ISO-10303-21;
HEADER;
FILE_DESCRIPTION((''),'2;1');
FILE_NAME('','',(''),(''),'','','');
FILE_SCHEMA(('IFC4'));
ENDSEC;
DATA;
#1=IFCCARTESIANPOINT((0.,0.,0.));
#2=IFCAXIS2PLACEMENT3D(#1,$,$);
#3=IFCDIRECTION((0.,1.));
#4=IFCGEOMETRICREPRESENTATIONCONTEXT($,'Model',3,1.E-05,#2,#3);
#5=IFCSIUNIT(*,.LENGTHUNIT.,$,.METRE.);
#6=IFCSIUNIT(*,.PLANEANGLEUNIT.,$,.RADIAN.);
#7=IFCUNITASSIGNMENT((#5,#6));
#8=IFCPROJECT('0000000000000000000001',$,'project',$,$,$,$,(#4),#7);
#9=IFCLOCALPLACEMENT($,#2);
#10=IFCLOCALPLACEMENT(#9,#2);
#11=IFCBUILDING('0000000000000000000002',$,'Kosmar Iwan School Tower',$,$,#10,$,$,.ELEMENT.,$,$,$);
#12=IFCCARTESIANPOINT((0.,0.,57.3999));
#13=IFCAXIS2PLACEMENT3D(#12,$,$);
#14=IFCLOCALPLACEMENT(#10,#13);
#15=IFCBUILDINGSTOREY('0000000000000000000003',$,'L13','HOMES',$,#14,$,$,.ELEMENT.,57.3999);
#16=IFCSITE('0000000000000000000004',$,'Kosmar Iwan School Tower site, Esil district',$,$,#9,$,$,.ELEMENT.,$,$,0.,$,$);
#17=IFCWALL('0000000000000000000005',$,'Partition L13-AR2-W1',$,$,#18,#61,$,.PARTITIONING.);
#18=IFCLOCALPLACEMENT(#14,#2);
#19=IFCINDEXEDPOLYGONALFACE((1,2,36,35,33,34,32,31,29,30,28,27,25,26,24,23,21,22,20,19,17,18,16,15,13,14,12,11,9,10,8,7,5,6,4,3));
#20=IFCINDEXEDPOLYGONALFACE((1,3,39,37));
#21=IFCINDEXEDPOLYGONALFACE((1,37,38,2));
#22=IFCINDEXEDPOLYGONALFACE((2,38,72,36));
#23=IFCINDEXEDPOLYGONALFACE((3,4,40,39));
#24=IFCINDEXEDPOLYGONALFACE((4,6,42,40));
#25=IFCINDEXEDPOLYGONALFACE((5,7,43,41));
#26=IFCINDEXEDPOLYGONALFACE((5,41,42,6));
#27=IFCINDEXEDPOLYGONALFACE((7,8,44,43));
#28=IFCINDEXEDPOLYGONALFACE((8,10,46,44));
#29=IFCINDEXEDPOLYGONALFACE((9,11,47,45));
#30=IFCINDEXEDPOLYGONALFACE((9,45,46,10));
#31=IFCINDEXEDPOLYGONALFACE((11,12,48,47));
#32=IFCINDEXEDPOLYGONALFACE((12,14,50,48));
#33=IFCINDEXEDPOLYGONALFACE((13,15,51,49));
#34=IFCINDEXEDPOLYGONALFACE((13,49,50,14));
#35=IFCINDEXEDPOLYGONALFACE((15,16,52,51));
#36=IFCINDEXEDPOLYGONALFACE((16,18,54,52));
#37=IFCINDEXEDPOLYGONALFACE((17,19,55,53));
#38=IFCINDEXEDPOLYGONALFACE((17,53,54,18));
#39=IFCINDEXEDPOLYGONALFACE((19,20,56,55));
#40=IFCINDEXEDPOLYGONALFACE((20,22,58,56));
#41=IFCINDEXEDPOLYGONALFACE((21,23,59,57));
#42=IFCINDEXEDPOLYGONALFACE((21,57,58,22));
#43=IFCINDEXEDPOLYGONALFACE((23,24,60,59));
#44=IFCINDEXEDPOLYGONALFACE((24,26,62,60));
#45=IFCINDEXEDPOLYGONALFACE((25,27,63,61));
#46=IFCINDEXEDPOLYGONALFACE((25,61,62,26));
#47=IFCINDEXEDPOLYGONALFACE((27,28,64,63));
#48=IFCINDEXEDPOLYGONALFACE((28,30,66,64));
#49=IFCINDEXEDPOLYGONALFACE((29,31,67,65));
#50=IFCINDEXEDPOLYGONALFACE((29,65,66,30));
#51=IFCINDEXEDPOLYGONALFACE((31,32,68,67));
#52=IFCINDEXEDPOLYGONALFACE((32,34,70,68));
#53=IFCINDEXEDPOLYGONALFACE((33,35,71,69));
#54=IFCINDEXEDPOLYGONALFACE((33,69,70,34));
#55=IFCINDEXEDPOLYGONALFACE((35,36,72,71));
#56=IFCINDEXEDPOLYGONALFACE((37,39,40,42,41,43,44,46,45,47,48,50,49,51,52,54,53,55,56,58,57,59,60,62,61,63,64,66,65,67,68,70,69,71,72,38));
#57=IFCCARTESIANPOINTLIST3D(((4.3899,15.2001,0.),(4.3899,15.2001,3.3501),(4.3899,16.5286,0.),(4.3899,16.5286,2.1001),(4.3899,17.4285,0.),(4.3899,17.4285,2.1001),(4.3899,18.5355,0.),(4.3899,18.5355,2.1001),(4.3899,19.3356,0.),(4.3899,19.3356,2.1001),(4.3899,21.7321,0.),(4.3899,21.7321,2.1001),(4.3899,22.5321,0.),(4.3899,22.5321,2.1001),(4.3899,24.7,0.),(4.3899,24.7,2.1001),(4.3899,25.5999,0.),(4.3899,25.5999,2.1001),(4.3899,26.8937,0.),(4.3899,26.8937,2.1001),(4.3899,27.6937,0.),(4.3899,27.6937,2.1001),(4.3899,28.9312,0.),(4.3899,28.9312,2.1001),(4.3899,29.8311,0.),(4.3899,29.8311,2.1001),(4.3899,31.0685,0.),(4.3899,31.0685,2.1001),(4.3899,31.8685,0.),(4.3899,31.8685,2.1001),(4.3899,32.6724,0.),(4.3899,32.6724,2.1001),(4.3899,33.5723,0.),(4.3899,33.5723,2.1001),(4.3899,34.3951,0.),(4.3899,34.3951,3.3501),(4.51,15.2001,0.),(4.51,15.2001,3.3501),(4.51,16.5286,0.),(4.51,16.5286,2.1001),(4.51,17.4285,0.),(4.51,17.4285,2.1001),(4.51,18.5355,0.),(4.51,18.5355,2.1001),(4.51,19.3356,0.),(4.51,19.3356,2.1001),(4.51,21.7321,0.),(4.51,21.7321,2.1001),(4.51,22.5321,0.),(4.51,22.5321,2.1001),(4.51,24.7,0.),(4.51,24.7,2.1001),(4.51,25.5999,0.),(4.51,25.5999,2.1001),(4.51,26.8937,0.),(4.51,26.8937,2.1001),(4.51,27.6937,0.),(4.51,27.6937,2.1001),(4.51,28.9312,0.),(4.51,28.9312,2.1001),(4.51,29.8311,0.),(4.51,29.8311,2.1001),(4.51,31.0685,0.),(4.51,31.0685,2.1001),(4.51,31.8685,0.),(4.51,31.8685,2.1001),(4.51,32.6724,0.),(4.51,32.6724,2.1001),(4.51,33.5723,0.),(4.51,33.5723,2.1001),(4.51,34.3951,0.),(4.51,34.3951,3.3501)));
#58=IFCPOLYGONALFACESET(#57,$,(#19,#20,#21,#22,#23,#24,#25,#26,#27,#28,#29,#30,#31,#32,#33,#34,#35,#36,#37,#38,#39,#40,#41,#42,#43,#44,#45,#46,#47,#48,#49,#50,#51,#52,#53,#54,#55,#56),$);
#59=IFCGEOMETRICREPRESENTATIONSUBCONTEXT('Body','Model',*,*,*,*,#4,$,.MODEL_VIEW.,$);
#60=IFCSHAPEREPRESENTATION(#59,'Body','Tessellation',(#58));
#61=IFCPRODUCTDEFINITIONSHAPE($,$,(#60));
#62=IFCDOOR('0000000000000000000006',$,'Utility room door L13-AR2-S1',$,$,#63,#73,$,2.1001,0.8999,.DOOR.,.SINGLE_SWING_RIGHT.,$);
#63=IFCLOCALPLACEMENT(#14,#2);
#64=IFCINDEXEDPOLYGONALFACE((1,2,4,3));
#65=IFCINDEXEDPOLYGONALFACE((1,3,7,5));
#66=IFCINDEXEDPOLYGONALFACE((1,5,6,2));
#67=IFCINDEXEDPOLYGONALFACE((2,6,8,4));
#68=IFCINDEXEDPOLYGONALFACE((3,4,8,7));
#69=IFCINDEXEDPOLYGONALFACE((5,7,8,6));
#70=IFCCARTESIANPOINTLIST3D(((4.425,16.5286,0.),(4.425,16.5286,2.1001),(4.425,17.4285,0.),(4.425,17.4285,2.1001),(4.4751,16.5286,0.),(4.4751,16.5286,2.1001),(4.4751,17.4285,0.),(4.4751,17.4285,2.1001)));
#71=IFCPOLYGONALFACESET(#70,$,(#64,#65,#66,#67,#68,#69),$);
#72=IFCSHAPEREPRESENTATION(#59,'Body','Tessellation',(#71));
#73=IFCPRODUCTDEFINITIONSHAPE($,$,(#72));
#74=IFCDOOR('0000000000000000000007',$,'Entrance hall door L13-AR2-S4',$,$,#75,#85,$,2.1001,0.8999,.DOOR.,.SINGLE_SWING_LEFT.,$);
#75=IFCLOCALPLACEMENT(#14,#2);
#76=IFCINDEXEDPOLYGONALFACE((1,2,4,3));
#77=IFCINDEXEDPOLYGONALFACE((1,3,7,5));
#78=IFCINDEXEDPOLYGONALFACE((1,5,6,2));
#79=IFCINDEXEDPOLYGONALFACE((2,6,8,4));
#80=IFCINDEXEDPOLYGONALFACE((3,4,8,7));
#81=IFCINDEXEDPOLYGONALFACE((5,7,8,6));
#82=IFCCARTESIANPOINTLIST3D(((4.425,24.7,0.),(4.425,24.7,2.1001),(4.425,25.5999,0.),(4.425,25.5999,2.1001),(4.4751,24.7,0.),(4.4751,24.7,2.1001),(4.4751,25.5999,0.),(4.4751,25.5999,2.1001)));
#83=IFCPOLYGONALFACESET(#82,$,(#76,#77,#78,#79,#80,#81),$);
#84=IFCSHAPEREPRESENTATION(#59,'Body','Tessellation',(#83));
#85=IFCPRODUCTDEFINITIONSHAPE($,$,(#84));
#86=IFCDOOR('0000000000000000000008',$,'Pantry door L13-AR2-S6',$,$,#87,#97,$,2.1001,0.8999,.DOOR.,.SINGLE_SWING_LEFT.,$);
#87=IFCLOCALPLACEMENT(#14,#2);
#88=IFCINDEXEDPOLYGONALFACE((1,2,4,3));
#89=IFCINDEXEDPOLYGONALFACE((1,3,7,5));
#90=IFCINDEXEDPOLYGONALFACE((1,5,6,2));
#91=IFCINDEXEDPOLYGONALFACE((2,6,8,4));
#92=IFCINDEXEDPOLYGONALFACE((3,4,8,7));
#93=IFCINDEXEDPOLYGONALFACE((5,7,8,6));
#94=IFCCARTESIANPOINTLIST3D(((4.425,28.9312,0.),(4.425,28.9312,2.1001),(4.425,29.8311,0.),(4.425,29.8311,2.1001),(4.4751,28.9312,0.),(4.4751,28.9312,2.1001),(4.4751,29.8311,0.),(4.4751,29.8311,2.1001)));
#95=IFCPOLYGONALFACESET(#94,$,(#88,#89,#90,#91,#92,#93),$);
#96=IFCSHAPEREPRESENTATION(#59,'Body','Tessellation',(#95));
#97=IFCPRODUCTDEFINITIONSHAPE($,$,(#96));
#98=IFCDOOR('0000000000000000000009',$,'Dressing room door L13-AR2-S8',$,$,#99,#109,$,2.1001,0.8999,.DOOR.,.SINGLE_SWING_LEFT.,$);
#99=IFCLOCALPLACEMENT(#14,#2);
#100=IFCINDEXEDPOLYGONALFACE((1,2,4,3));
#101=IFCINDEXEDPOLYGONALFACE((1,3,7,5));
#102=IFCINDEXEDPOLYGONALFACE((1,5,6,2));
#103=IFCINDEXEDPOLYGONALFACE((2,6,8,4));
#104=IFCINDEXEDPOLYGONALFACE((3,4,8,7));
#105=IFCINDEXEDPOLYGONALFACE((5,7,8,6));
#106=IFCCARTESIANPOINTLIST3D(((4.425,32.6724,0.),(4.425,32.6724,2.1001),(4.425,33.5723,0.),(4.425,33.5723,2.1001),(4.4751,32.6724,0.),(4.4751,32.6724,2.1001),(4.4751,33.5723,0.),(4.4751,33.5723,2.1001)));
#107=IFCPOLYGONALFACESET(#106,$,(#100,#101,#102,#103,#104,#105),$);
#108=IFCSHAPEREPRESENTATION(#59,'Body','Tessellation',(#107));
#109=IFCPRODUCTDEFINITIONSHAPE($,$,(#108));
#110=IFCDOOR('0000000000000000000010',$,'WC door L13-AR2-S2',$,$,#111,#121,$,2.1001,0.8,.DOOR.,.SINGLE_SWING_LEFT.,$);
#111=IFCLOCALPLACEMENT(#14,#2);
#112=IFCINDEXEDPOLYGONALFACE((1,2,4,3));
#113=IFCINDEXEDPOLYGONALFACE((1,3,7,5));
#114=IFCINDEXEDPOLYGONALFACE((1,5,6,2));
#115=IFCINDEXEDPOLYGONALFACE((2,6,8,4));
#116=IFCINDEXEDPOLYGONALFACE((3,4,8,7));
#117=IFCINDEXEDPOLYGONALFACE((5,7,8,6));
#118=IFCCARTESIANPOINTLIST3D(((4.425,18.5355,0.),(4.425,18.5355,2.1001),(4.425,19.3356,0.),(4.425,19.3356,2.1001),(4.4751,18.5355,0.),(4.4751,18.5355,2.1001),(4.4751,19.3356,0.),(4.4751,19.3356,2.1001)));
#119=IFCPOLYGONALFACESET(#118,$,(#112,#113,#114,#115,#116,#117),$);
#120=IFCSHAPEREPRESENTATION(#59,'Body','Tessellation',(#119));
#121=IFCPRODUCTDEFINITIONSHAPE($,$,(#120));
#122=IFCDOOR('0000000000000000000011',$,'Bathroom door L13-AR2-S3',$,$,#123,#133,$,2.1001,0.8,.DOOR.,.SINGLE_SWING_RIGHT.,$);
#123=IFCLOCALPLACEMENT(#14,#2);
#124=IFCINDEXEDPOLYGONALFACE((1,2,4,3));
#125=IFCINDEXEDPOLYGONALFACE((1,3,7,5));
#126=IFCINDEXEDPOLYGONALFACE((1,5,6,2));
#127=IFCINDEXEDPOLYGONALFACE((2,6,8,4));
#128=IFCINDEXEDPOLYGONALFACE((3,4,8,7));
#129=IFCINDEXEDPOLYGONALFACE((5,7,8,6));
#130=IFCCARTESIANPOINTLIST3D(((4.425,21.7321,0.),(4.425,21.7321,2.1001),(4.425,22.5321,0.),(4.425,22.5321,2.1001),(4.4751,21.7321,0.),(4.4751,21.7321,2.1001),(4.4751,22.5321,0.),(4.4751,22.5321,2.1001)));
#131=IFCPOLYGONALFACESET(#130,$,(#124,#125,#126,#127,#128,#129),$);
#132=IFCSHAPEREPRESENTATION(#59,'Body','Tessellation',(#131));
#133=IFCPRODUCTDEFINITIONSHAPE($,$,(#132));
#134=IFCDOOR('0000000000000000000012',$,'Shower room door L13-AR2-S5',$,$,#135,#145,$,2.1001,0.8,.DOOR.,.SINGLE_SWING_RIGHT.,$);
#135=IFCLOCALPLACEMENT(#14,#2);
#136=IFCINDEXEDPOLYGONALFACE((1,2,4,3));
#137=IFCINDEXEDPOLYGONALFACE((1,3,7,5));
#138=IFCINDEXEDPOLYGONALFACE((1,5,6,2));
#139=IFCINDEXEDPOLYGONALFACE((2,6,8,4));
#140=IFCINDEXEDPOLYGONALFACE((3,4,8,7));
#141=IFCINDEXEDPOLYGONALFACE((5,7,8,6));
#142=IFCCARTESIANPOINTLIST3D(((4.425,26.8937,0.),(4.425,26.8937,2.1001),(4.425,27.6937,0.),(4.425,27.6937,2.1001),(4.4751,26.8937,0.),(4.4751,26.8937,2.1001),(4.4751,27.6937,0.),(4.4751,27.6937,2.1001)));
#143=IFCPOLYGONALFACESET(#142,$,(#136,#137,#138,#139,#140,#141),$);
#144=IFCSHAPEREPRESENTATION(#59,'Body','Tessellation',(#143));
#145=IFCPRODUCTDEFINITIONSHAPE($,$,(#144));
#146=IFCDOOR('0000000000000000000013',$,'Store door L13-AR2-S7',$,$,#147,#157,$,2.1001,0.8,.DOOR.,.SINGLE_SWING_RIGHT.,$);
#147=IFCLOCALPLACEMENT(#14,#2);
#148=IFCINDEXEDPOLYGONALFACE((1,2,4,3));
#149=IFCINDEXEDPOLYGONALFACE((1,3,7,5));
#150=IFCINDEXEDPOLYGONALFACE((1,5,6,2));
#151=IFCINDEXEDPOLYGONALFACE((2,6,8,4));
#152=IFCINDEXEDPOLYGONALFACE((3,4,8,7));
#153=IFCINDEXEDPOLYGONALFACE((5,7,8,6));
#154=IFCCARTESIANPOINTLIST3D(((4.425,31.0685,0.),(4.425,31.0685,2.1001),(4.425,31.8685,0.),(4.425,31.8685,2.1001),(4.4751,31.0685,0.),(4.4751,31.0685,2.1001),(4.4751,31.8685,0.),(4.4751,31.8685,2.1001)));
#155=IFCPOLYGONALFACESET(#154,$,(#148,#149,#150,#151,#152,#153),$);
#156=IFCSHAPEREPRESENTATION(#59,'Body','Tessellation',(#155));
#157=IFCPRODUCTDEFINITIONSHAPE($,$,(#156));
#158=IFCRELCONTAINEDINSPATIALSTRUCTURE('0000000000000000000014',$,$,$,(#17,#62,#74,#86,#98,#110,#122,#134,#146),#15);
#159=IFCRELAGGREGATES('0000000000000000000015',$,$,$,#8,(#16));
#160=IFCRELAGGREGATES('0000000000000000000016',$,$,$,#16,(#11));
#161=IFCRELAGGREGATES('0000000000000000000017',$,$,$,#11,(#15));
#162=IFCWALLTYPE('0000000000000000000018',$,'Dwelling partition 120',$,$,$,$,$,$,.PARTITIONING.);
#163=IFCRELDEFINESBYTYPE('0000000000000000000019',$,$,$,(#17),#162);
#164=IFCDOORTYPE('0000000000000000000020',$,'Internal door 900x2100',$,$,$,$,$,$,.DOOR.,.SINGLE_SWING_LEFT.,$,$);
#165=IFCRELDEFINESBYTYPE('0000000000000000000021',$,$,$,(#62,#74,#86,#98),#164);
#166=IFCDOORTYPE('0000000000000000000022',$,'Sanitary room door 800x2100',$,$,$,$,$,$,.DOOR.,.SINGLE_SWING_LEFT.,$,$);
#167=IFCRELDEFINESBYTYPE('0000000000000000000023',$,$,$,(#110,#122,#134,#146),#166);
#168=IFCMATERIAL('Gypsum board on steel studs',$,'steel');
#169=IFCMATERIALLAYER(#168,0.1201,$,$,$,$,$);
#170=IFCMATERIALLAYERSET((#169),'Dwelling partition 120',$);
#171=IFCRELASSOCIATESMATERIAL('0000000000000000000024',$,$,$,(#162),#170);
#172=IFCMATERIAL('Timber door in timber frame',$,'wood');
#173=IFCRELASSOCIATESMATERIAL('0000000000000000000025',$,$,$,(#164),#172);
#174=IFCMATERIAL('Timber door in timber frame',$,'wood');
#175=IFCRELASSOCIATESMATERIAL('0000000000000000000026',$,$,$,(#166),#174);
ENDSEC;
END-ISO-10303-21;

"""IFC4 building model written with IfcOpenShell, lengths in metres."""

from ifc_helpers import new_model, si_unit, direction, frame, frame_2d, origin, place, context, subcontext, project, spatial, rectangle, extrude, material, layer, layer_set, type_object, element, fill, save


model = new_model("IFC4")

# Units and contexts
model_context = context("Model", 3, precision=1e-05, world=origin(), true_north=direction((0.0, 1.0)))
body_context = subcontext(model_context, "Body", "Model", "MODEL_VIEW")
ifc_project = project(units=[si_unit("LENGTHUNIT", "METRE"), si_unit("PLANEANGLEUNIT", "RADIAN")], contexts=[model_context])

# Site, building, storey
site_placement = place(None, origin())
site = spatial("IfcSite", under=ifc_project, at=site_placement, Name="Kosmar Iwan School Tower site, Esil district", CompositionType="ELEMENT", RefElevation=0.0)
building_placement = place(site_placement, origin())
building = spatial("IfcBuilding", under=site, at=building_placement, Name="Kosmar Iwan School Tower", CompositionType="ELEMENT")
storey_placement = place(building_placement, frame((0.0, 0.0, 57.3999)))
storey = spatial("IfcBuildingStorey", under=building, at=storey_placement, Name="L13", Description="HOMES", CompositionType="ELEMENT", Elevation=57.3999)

# Shared definitions
ifc_material_1 = material(Name="Gypsum board on steel studs", Category="steel")
ifc_layer_1 = layer(ifc_material_1, 0.1201)
ifc_layer_set_1 = layer_set([ifc_layer_1], Name="Dwelling partition 120")
wall_type_1 = type_object("IfcWallType", Name="Dwelling partition 120", PredefinedType="PARTITIONING", material=ifc_layer_set_1)

# Wall, openings, doors
wall_1_placement = place(storey_placement, frame((4.45, 15.2, 0.0), z_axis=(0.0, 0.0, 1.0), x_axis=(0.0, 1.0, 0.0)))
wall_1 = element("IfcWall", 1, at=wall_1_placement, inside=storey, type_object=wall_type_1, Name="Partition L13-AR2-W1", PredefinedType="PARTITIONING", context=body_context, shape_type="SweptSolid", body=[
    extrude(rectangle(XDim=19.1951, YDim=0.1201, at=frame_2d((9.5977, 0.0))), origin(), (0.0, 0.0, 1.0), 3.3501),
])
opening_1_placement = place(wall_1_placement, frame((1.3286, 0.0, 0.0)))
opening_1 = element("IfcOpeningElement", 2, at=opening_1_placement, cuts=wall_1, PredefinedType="OPENING", context=body_context, shape_type="SweptSolid", body=[
    extrude(rectangle(XDim=0.8999, YDim=2.1001, at=frame_2d((0.45, 1.05))), frame((0.0, 0.072, 0.0), z_axis=(0.0, -1.0, 0.0), x_axis=(1.0, 0.0, 0.0)), (0.0, 0.0, 1.0), 0.144),
])
opening_2_placement = place(wall_1_placement, frame((3.3357, 0.0, 0.0)))
opening_2 = element("IfcOpeningElement", 3, at=opening_2_placement, cuts=wall_1, PredefinedType="OPENING", context=body_context, shape_type="SweptSolid", body=[
    extrude(rectangle(XDim=0.8, YDim=2.1001, at=frame_2d((0.3999, 1.05))), frame((0.0, 0.072, 0.0), z_axis=(0.0, -1.0, 0.0), x_axis=(1.0, 0.0, 0.0)), (0.0, 0.0, 1.0), 0.144),
])
opening_3_placement = place(wall_1_placement, frame((6.5322, 0.0, 0.0)))
opening_3 = element("IfcOpeningElement", 4, at=opening_3_placement, cuts=wall_1, PredefinedType="OPENING", context=body_context, shape_type="SweptSolid", body=[
    extrude(rectangle(XDim=0.8, YDim=2.1001, at=frame_2d((0.3999, 1.05))), frame((0.0, 0.072, 0.0), z_axis=(0.0, -1.0, 0.0), x_axis=(1.0, 0.0, 0.0)), (0.0, 0.0, 1.0), 0.144),
])
opening_4_placement = place(wall_1_placement, frame((9.5, 0.0, 0.0)))
opening_4 = element("IfcOpeningElement", 5, at=opening_4_placement, cuts=wall_1, PredefinedType="OPENING", context=body_context, shape_type="SweptSolid", body=[
    extrude(rectangle(XDim=0.8999, YDim=2.1001, at=frame_2d((0.45, 1.05))), frame((0.0, 0.072, 0.0), z_axis=(0.0, -1.0, 0.0), x_axis=(1.0, 0.0, 0.0)), (0.0, 0.0, 1.0), 0.144),
])
opening_5_placement = place(wall_1_placement, frame((11.6938, 0.0, 0.0)))
opening_5 = element("IfcOpeningElement", 6, at=opening_5_placement, cuts=wall_1, PredefinedType="OPENING", context=body_context, shape_type="SweptSolid", body=[
    extrude(rectangle(XDim=0.8, YDim=2.1001, at=frame_2d((0.3999, 1.05))), frame((0.0, 0.072, 0.0), z_axis=(0.0, -1.0, 0.0), x_axis=(1.0, 0.0, 0.0)), (0.0, 0.0, 1.0), 0.144),
])
opening_6_placement = place(wall_1_placement, frame((13.7312, 0.0, 0.0)))
opening_6 = element("IfcOpeningElement", 7, at=opening_6_placement, cuts=wall_1, PredefinedType="OPENING", context=body_context, shape_type="SweptSolid", body=[
    extrude(rectangle(XDim=0.8999, YDim=2.1001, at=frame_2d((0.45, 1.05))), frame((0.0, 0.072, 0.0), z_axis=(0.0, -1.0, 0.0), x_axis=(1.0, 0.0, 0.0)), (0.0, 0.0, 1.0), 0.144),
])
opening_7_placement = place(wall_1_placement, frame((15.8687, 0.0, 0.0)))
opening_7 = element("IfcOpeningElement", 8, at=opening_7_placement, cuts=wall_1, PredefinedType="OPENING", context=body_context, shape_type="SweptSolid", body=[
    extrude(rectangle(XDim=0.8, YDim=2.1001, at=frame_2d((0.3999, 1.05))), frame((0.0, 0.072, 0.0), z_axis=(0.0, -1.0, 0.0), x_axis=(1.0, 0.0, 0.0)), (0.0, 0.0, 1.0), 0.144),
])
opening_8_placement = place(wall_1_placement, frame((17.4724, 0.0, 0.0)))
opening_8 = element("IfcOpeningElement", 9, at=opening_8_placement, cuts=wall_1, PredefinedType="OPENING", context=body_context, shape_type="SweptSolid", body=[
    extrude(rectangle(XDim=0.8999, YDim=2.1001, at=frame_2d((0.45, 1.05))), frame((0.0, 0.072, 0.0), z_axis=(0.0, -1.0, 0.0), x_axis=(1.0, 0.0, 0.0)), (0.0, 0.0, 1.0), 0.144),
])
ifc_material_2 = material(Name="Timber door in timber frame", Category="wood")
door_type_1 = type_object("IfcDoorType", Name="Internal door 900x2100", OperationType="SINGLE_SWING_LEFT", PredefinedType="DOOR", material=ifc_material_2)
door_1_placement = place(opening_1_placement, origin())
door_1 = element("IfcDoor", 10, at=door_1_placement, inside=storey, type_object=door_type_1, Name="Utility room door L13-AR2-S1", OperationType="SINGLE_SWING_RIGHT", OverallHeight=2.1001, OverallWidth=0.8999, PredefinedType="DOOR", context=body_context, shape_type="SweptSolid", body=[
    extrude(rectangle(XDim=0.8999, YDim=2.1001, at=frame_2d((0.45, 1.05))), frame((0.0, 0.0249, 0.0), z_axis=(0.0, -1.0, 0.0), x_axis=(1.0, 0.0, 0.0)), (0.0, 0.0, 1.0), 0.05),
])
fill(opening_1, door_1)
door_2_placement = place(opening_4_placement, origin())
door_2 = element("IfcDoor", 11, at=door_2_placement, inside=storey, type_object=door_type_1, Name="Entrance hall door L13-AR2-S4", OperationType="SINGLE_SWING_LEFT", OverallHeight=2.1001, OverallWidth=0.8999, PredefinedType="DOOR", context=body_context, shape_type="SweptSolid", body=[
    extrude(rectangle(XDim=0.8999, YDim=2.1001, at=frame_2d((0.45, 1.05))), frame((0.0, 0.0249, 0.0), z_axis=(0.0, -1.0, 0.0), x_axis=(1.0, 0.0, 0.0)), (0.0, 0.0, 1.0), 0.05),
])
fill(opening_4, door_2)
door_3_placement = place(opening_6_placement, origin())
door_3 = element("IfcDoor", 12, at=door_3_placement, inside=storey, type_object=door_type_1, Name="Pantry door L13-AR2-S6", OperationType="SINGLE_SWING_LEFT", OverallHeight=2.1001, OverallWidth=0.8999, PredefinedType="DOOR", context=body_context, shape_type="SweptSolid", body=[
    extrude(rectangle(XDim=0.8999, YDim=2.1001, at=frame_2d((0.45, 1.05))), frame((0.0, 0.0249, 0.0), z_axis=(0.0, -1.0, 0.0), x_axis=(1.0, 0.0, 0.0)), (0.0, 0.0, 1.0), 0.05),
])
fill(opening_6, door_3)
door_4_placement = place(opening_8_placement, origin())
door_4 = element("IfcDoor", 13, at=door_4_placement, inside=storey, type_object=door_type_1, Name="Dressing room door L13-AR2-S8", OperationType="SINGLE_SWING_LEFT", OverallHeight=2.1001, OverallWidth=0.8999, PredefinedType="DOOR", context=body_context, shape_type="SweptSolid", body=[
    extrude(rectangle(XDim=0.8999, YDim=2.1001, at=frame_2d((0.45, 1.05))), frame((0.0, 0.0249, 0.0), z_axis=(0.0, -1.0, 0.0), x_axis=(1.0, 0.0, 0.0)), (0.0, 0.0, 1.0), 0.05),
])
fill(opening_8, door_4)
ifc_material_3 = material(Name="Timber door in timber frame", Category="wood")
door_type_2 = type_object("IfcDoorType", Name="Sanitary room door 800x2100", OperationType="SINGLE_SWING_LEFT", PredefinedType="DOOR", material=ifc_material_3)
door_5_placement = place(opening_2_placement, origin())
door_5 = element("IfcDoor", 14, at=door_5_placement, inside=storey, type_object=door_type_2, Name="WC door L13-AR2-S2", OperationType="SINGLE_SWING_LEFT", OverallHeight=2.1001, OverallWidth=0.8, PredefinedType="DOOR", context=body_context, shape_type="SweptSolid", body=[
    extrude(rectangle(XDim=0.8, YDim=2.1001, at=frame_2d((0.3999, 1.05))), frame((0.0, 0.0249, 0.0), z_axis=(0.0, -1.0, 0.0), x_axis=(1.0, 0.0, 0.0)), (0.0, 0.0, 1.0), 0.05),
])
fill(opening_2, door_5)
door_6_placement = place(opening_3_placement, origin())
door_6 = element("IfcDoor", 15, at=door_6_placement, inside=storey, type_object=door_type_2, Name="Bathroom door L13-AR2-S3", OperationType="SINGLE_SWING_RIGHT", OverallHeight=2.1001, OverallWidth=0.8, PredefinedType="DOOR", context=body_context, shape_type="SweptSolid", body=[
    extrude(rectangle(XDim=0.8, YDim=2.1001, at=frame_2d((0.3999, 1.05))), frame((0.0, 0.0249, 0.0), z_axis=(0.0, -1.0, 0.0), x_axis=(1.0, 0.0, 0.0)), (0.0, 0.0, 1.0), 0.05),
])
fill(opening_3, door_6)
door_7_placement = place(opening_5_placement, origin())
door_7 = element("IfcDoor", 16, at=door_7_placement, inside=storey, type_object=door_type_2, Name="Shower room door L13-AR2-S5", OperationType="SINGLE_SWING_RIGHT", OverallHeight=2.1001, OverallWidth=0.8, PredefinedType="DOOR", context=body_context, shape_type="SweptSolid", body=[
    extrude(rectangle(XDim=0.8, YDim=2.1001, at=frame_2d((0.3999, 1.05))), frame((0.0, 0.0249, 0.0), z_axis=(0.0, -1.0, 0.0), x_axis=(1.0, 0.0, 0.0)), (0.0, 0.0, 1.0), 0.05),
])
fill(opening_5, door_7)
door_8_placement = place(opening_7_placement, origin())
door_8 = element("IfcDoor", 17, at=door_8_placement, inside=storey, type_object=door_type_2, Name="Store door L13-AR2-S7", OperationType="SINGLE_SWING_RIGHT", OverallHeight=2.1001, OverallWidth=0.8, PredefinedType="DOOR", context=body_context, shape_type="SweptSolid", body=[
    extrude(rectangle(XDim=0.8, YDim=2.1001, at=frame_2d((0.3999, 1.05))), frame((0.0, 0.0249, 0.0), z_axis=(0.0, -1.0, 0.0), x_axis=(1.0, 0.0, 0.0)), (0.0, 0.0, 1.0), 0.05),
])
fill(opening_7, door_8)

save(model, "model.ifc")
